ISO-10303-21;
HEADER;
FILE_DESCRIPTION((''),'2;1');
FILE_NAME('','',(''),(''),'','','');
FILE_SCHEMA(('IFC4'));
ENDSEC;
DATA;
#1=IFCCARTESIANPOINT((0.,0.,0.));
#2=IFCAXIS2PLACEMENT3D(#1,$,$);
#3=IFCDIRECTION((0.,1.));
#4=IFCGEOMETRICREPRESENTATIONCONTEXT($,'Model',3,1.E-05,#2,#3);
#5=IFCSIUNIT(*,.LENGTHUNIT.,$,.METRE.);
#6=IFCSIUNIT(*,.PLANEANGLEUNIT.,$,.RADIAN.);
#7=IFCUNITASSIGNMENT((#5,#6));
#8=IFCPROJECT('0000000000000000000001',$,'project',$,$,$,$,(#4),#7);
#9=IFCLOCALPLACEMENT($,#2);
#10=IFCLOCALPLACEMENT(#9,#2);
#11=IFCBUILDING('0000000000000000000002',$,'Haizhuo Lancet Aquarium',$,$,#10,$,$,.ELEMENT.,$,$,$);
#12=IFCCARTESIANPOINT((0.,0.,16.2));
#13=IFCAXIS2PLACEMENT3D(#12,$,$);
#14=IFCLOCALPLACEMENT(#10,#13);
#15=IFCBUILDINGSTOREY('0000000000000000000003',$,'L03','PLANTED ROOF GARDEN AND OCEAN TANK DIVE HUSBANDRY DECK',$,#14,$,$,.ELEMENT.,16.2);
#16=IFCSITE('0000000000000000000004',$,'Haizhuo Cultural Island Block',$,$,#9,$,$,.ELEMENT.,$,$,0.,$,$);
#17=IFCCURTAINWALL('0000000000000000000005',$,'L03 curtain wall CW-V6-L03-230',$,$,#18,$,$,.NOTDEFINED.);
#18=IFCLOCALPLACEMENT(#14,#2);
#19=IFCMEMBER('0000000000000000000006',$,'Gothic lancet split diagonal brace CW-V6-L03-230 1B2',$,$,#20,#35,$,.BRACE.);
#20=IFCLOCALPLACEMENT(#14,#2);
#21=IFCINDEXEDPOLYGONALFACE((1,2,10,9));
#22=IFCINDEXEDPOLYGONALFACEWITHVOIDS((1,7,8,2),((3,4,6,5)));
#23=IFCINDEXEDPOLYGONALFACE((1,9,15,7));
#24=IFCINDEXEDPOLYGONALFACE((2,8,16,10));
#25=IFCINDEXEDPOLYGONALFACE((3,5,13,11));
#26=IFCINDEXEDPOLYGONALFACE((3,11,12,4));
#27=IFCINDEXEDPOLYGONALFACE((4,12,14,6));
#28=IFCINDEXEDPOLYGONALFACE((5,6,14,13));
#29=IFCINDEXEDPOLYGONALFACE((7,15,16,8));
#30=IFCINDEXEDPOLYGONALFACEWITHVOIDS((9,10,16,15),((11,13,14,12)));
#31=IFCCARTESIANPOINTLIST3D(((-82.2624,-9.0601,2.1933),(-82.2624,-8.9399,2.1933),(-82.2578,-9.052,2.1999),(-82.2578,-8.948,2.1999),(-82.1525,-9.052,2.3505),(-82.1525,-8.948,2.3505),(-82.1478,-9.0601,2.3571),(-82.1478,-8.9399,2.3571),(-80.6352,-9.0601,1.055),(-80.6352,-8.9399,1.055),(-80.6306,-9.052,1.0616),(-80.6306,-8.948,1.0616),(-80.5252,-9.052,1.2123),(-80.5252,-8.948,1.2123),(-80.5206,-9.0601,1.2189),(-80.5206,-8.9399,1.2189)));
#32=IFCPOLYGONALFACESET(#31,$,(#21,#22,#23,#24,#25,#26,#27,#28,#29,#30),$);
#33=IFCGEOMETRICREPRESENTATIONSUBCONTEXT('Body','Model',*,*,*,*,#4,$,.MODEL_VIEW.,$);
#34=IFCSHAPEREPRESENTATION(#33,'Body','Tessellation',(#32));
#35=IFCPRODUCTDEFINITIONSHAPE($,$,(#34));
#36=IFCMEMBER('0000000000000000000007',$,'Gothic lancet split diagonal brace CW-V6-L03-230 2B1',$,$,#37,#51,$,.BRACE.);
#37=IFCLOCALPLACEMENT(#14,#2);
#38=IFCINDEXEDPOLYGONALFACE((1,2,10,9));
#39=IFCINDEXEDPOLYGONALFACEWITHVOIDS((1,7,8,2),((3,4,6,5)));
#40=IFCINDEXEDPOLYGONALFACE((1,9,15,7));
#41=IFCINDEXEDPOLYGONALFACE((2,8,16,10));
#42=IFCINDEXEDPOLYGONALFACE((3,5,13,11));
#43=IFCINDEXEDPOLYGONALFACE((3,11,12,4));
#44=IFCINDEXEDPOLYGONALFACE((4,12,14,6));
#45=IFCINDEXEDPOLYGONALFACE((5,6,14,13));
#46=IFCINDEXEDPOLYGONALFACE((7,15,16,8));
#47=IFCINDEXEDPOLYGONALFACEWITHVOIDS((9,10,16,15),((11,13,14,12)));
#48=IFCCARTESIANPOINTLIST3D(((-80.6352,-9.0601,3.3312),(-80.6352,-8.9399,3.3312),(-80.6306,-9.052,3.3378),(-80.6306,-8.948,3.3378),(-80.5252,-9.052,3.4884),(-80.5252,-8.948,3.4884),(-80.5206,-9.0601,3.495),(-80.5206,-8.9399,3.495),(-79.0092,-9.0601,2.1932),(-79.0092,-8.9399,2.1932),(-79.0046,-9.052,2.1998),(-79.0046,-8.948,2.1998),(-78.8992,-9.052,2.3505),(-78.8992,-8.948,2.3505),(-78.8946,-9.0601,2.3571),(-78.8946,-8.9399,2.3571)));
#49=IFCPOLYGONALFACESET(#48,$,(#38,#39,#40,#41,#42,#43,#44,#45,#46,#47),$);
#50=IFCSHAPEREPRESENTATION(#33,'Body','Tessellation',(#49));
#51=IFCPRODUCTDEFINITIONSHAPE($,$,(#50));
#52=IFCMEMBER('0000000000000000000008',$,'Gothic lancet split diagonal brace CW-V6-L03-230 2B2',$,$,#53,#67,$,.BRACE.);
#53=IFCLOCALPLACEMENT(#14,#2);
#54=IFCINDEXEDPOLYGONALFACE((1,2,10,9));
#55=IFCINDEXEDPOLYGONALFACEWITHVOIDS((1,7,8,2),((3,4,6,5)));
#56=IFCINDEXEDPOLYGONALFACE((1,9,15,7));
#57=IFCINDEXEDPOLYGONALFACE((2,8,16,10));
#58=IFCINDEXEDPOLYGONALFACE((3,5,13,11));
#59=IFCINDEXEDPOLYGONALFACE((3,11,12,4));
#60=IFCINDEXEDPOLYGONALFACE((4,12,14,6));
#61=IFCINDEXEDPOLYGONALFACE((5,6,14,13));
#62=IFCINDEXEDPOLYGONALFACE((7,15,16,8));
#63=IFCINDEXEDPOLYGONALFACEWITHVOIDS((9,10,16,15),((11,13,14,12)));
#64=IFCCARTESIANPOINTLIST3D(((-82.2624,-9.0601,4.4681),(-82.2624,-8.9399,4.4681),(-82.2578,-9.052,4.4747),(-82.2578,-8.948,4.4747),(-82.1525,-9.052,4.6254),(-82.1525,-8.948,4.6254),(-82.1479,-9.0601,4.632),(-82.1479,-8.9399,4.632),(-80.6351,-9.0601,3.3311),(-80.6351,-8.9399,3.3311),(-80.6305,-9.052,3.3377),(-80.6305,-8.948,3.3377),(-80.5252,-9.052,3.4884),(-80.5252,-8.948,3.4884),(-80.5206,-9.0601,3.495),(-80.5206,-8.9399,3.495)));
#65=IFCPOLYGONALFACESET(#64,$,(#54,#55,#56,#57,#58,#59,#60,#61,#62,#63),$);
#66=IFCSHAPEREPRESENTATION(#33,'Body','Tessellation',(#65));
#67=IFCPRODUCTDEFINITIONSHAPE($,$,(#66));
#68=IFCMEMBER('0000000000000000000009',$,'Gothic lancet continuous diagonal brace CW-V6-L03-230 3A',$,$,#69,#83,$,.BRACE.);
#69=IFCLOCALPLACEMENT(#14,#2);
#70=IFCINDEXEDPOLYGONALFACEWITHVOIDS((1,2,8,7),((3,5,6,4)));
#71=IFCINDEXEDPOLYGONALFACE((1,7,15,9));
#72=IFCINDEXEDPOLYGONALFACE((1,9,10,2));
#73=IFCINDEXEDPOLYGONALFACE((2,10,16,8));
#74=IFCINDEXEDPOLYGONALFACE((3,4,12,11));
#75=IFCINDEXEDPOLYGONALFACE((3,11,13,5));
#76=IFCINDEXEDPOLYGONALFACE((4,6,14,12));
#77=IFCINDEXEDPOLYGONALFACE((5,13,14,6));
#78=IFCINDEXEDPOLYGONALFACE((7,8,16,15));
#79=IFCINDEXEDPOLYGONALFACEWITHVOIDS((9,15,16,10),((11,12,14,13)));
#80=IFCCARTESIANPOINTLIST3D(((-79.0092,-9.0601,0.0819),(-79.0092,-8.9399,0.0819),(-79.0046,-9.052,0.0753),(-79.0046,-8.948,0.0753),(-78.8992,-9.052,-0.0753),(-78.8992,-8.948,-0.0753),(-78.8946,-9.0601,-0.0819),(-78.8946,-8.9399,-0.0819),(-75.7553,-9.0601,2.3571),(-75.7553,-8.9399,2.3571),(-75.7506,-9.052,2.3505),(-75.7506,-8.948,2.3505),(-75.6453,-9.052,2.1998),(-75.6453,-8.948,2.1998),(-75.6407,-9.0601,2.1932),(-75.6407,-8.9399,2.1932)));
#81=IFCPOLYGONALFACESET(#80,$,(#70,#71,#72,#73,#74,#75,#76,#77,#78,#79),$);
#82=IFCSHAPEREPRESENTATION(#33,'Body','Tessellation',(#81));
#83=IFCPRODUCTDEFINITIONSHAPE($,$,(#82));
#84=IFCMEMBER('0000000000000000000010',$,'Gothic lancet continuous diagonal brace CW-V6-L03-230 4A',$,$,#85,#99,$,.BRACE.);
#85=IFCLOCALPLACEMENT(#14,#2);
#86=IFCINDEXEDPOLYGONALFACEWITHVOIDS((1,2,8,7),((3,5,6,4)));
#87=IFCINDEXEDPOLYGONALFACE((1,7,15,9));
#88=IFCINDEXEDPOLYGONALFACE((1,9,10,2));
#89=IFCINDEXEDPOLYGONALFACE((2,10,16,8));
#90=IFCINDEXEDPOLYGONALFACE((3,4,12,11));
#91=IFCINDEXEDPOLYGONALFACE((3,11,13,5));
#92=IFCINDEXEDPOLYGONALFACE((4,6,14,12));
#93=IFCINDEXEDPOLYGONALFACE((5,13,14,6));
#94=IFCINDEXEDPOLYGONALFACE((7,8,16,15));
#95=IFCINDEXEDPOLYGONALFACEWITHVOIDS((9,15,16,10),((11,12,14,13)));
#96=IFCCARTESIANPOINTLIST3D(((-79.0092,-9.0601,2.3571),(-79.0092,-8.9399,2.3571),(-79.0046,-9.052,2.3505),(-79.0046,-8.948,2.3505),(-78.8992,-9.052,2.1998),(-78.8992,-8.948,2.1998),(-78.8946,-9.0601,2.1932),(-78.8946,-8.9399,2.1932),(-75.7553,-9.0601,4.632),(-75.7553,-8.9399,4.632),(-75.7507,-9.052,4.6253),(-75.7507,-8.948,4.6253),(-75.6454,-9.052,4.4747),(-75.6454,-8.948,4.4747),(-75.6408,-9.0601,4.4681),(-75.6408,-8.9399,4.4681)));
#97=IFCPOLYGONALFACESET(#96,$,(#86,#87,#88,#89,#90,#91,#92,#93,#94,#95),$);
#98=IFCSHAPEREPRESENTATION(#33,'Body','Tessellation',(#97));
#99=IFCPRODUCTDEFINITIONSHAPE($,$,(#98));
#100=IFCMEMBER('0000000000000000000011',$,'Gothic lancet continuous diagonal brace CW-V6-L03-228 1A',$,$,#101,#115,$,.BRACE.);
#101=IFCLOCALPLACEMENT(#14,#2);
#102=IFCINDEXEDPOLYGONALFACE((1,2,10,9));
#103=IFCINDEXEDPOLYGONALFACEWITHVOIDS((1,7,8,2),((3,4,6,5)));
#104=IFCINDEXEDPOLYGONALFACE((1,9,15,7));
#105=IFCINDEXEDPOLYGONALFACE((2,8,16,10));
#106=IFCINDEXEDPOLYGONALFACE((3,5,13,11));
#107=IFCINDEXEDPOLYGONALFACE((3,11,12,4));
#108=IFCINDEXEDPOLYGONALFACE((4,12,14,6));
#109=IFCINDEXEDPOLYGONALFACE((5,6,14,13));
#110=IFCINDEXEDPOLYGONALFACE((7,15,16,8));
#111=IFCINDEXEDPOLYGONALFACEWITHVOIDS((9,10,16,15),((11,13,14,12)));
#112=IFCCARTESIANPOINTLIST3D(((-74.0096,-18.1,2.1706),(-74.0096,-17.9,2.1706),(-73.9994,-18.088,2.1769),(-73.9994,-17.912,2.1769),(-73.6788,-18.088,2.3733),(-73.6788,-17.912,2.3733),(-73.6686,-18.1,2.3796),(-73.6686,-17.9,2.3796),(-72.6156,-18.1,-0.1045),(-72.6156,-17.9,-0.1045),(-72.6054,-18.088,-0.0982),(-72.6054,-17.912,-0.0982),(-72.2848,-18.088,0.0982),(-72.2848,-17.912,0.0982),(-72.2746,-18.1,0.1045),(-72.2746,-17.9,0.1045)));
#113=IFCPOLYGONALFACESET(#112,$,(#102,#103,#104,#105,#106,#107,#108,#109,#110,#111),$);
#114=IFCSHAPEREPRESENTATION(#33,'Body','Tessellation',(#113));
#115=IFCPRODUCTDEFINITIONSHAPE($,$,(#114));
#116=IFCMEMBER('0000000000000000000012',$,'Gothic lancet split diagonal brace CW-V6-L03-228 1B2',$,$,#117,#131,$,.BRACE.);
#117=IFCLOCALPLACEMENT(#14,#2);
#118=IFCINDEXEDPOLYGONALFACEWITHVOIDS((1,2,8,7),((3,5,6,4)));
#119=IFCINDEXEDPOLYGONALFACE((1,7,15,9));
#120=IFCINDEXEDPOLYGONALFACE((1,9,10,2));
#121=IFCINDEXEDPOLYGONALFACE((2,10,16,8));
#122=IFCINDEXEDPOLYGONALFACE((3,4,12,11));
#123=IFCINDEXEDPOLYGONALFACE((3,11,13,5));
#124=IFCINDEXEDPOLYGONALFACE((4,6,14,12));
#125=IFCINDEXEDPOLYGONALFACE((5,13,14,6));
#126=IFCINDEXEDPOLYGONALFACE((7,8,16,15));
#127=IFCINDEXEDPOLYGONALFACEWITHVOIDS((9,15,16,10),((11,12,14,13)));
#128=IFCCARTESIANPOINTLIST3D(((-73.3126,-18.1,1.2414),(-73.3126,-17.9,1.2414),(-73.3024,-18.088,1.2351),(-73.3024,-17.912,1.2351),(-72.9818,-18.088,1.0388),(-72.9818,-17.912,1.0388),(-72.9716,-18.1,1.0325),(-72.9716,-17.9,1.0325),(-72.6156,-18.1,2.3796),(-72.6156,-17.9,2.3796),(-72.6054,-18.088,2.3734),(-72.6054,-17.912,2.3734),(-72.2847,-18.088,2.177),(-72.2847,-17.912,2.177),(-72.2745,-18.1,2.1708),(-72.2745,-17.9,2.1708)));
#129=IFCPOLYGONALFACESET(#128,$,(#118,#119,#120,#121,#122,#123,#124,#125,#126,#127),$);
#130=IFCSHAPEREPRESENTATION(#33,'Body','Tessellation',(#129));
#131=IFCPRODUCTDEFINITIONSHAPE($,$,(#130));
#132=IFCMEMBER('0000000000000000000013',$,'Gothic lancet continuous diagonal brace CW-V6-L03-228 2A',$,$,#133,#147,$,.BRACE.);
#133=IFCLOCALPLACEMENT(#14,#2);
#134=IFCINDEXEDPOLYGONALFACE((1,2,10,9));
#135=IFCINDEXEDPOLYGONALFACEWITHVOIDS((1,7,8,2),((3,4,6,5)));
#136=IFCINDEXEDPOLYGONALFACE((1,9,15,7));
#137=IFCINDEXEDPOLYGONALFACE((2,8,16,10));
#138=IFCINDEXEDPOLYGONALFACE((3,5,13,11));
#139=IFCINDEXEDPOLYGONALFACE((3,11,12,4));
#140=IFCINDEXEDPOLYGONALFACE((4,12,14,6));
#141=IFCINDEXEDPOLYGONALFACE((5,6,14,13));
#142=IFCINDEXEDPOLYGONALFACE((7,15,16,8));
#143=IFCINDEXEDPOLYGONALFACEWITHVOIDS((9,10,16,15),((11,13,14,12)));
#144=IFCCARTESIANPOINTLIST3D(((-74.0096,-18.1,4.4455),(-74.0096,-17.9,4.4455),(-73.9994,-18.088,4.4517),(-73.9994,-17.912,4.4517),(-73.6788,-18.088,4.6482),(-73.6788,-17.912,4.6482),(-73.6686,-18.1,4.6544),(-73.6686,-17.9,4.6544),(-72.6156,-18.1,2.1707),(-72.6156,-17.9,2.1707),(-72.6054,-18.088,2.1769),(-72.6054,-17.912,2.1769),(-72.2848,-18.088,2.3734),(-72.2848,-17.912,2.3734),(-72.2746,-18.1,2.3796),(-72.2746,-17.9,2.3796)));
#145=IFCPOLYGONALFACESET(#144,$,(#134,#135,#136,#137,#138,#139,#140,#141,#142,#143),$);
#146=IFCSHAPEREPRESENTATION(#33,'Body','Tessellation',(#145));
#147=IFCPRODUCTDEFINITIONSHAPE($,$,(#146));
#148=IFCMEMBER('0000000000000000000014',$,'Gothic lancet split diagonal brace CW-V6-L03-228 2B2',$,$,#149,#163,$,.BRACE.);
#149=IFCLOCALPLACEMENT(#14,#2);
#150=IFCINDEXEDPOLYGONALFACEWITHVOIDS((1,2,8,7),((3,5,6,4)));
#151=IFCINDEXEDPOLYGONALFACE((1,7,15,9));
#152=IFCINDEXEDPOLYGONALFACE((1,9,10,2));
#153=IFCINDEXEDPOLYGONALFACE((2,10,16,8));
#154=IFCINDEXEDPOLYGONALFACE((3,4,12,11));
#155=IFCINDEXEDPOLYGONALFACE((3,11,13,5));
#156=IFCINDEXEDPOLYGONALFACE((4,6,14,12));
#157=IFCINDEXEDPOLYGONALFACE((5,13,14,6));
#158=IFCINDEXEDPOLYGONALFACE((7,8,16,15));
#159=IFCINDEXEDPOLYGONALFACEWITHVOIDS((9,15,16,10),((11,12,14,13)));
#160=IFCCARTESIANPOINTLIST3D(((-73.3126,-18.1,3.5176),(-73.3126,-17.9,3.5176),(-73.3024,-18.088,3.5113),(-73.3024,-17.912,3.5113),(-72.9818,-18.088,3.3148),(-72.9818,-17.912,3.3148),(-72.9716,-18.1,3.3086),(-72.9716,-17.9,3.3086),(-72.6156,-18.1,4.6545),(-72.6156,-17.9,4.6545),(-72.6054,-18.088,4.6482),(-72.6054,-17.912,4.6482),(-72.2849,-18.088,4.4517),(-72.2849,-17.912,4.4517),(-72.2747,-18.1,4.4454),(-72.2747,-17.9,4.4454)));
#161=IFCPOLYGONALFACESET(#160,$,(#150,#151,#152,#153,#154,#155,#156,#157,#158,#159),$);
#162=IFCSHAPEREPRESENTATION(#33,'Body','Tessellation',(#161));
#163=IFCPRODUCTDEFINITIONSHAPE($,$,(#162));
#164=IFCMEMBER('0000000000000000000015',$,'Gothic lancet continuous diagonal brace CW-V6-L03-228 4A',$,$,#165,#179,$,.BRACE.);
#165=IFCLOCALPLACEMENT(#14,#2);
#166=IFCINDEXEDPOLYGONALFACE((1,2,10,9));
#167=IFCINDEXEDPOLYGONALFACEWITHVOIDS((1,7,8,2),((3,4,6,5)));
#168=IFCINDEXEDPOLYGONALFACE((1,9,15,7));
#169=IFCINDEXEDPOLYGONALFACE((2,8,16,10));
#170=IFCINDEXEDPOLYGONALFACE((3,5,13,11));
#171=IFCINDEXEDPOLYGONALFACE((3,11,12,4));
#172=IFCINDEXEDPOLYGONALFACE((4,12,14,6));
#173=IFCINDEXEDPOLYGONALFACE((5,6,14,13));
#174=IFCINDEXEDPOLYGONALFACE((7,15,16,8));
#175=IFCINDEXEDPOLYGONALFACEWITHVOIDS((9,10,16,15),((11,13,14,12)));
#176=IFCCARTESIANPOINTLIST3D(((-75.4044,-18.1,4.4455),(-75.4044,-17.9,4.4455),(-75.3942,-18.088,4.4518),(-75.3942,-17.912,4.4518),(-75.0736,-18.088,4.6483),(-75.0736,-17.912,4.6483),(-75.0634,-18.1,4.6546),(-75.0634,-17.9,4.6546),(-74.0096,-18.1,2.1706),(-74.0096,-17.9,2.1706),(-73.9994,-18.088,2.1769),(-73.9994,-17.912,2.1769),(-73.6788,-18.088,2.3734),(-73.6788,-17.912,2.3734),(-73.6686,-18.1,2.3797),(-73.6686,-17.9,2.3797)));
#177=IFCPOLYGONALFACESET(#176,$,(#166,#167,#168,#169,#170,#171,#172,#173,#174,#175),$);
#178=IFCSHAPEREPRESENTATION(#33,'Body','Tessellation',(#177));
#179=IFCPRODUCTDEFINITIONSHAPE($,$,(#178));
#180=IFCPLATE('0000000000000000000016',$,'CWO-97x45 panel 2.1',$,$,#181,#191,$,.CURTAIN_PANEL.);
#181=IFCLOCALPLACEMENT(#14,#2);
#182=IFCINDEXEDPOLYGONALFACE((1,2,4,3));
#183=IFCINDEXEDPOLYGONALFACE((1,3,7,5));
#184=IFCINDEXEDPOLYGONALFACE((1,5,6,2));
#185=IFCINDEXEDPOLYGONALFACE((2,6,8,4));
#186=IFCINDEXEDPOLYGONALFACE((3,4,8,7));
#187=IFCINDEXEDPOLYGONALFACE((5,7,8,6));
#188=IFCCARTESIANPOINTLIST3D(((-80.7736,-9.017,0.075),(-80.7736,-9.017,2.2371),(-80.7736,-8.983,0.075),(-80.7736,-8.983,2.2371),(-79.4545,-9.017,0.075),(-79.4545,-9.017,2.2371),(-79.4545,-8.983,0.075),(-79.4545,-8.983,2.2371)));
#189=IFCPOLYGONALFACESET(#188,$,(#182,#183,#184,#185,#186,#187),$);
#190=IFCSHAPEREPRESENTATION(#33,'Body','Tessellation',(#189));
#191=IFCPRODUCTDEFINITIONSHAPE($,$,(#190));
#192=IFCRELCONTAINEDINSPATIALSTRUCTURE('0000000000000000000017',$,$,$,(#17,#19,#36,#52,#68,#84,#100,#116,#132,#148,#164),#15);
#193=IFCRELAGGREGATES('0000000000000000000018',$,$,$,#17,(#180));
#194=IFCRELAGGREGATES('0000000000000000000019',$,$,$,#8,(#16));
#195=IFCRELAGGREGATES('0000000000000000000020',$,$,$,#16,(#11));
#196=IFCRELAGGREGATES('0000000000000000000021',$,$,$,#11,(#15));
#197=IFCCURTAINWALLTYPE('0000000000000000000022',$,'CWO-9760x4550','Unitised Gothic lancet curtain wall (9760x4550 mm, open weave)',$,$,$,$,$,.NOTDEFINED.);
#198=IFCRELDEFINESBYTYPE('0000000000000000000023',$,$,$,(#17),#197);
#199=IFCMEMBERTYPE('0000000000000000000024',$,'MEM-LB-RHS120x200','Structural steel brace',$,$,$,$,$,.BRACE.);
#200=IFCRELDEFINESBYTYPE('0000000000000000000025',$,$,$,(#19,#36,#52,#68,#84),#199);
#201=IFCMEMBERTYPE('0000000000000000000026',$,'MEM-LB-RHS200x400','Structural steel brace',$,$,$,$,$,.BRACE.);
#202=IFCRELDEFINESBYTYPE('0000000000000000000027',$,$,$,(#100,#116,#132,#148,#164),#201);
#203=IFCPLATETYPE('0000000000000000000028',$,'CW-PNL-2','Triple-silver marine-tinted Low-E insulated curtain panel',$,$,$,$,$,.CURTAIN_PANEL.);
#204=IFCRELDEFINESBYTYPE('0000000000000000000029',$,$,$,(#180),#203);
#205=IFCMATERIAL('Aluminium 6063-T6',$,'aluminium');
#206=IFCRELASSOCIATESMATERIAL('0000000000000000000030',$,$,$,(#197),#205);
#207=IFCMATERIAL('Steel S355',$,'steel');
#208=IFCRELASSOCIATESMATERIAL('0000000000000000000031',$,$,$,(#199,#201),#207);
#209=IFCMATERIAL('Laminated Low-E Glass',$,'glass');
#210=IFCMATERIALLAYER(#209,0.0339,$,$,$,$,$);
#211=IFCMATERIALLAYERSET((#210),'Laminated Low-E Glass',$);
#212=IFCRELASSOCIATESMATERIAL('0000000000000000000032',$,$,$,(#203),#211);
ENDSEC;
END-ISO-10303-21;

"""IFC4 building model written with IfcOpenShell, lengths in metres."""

from ifc_helpers import new_model, si_unit, direction, frame, origin, origin_2d, place, context, subcontext, project, spatial, rectangle, hollow_rectangle, extrude, material, layer, layer_set, material_profile, profile_set, type_object, element, aggregate, save


model = new_model("IFC4")

# Units and contexts
model_context = context("Model", 3, precision=1e-05, world=origin(), true_north=direction((0.0, 1.0)))
body_context = subcontext(model_context, "Body", "Model", "MODEL_VIEW")
ifc_project = project(units=[si_unit("LENGTHUNIT", "METRE"), si_unit("PLANEANGLEUNIT", "RADIAN")], contexts=[model_context])

# Site, building, storey
site_placement = place(None, origin())
site = spatial("IfcSite", under=ifc_project, at=site_placement, Name="Haizhuo Cultural Island Block", CompositionType="ELEMENT", RefElevation=0.0)
building_placement = place(site_placement, origin())
building = spatial("IfcBuilding", under=site, at=building_placement, Name="Haizhuo Lancet Aquarium", CompositionType="ELEMENT")
storey_placement = place(building_placement, frame((0.0, 0.0, 16.2)))
storey = spatial("IfcBuildingStorey", under=building, at=storey_placement, Name="L03", Description="PLANTED ROOF GARDEN AND OCEAN TANK DIVE HUSBANDRY DECK", CompositionType="ELEMENT", Elevation=16.2)

# Curtain wall
ifc_material_1 = material(Name="Aluminium 6063-T6", Category="aluminium")
curtain_wall_type_1 = type_object("IfcCurtainWallType", Name="CWO-9760x4550", Description="Unitised Gothic lancet curtain wall (9760x4550 mm, open weave)", PredefinedType="NOTDEFINED", material=ifc_material_1)
curtain_wall_1_placement = place(storey_placement, origin())
curtain_wall_1 = element("IfcCurtainWall", 1, at=curtain_wall_1_placement, inside=storey, type_object=curtain_wall_type_1, Name="L03 curtain wall CW-V6-L03-230", PredefinedType="NOTDEFINED")

# Members
ifc_material_2 = material(Name="Steel S355", Category="steel")
ifc_material_profile_1 = material_profile(ifc_material_2, hollow_rectangle(XDim=0.1201, YDim=0.2, WallThickness=0.0081, at=origin_2d()), Name="RHS 120x200x8")
ifc_profile_set_1 = profile_set([ifc_material_profile_1], Name="Steel S355")
member_type_1 = type_object("IfcMemberType", Name="MEM-LB-RHS120x200", Description="Structural steel brace", PredefinedType="BRACE", material=ifc_profile_set_1)
member_1_placement = place(storey_placement, frame((-80.5779, -9.0, 1.137), z_axis=(-0.819434, 0.0, 0.573174), x_axis=(0.0, -1.0, 0.0)))
element("IfcMember", 2, at=member_1_placement, inside=storey, type_object=member_type_1, Name="Gothic lancet split diagonal brace CW-V6-L03-230 1B2", PredefinedType="BRACE", context=body_context, shape_type="SweptSolid", body=[
    extrude(hollow_rectangle(XDim=0.1201, YDim=0.2, WallThickness=0.0081, at=origin_2d()), origin(), (0.0, 0.0, 1.0), 1.9858),
])
member_2_placement = place(storey_placement, frame((-78.9519, -9.0, 2.2751), z_axis=(-0.81929, 0.0, 0.57338), x_axis=(0.0, -1.0, 0.0)))
element("IfcMember", 3, at=member_2_placement, inside=storey, type_object=member_type_1, Name="Gothic lancet split diagonal brace CW-V6-L03-230 2B1", PredefinedType="BRACE", context=body_context, shape_type="SweptSolid", body=[
    extrude(hollow_rectangle(XDim=0.1201, YDim=0.2, WallThickness=0.0081, at=origin_2d()), origin(), (0.0, 0.0, 1.0), 1.9846),
])
member_3_placement = place(storey_placement, frame((-80.5779, -9.0, 3.4131), z_axis=(-0.819723, 0.0, 0.572761), x_axis=(0.0, -1.0, 0.0)))
element("IfcMember", 4, at=member_3_placement, inside=storey, type_object=member_type_1, Name="Gothic lancet split diagonal brace CW-V6-L03-230 2B2", PredefinedType="BRACE", context=body_context, shape_type="SweptSolid", body=[
    extrude(hollow_rectangle(XDim=0.1201, YDim=0.2, WallThickness=0.0081, at=origin_2d()), origin(), (0.0, 0.0, 1.0), 1.9851),
])
member_4_placement = place(storey_placement, frame((-78.9519, -9.0, 0.0), z_axis=(0.819538, 0.0, 0.573025), x_axis=(0.0, 1.0, 0.0)))
element("IfcMember", 5, at=member_4_placement, inside=storey, type_object=member_type_1, Name="Gothic lancet continuous diagonal brace CW-V6-L03-230 3A", PredefinedType="BRACE", context=body_context, shape_type="SweptSolid", body=[
    extrude(hollow_rectangle(XDim=0.1201, YDim=0.2, WallThickness=0.0081, at=origin_2d()), origin(), (0.0, 0.0, 1.0), 3.9705),
])
member_5_placement = place(storey_placement, frame((-78.9519, -9.0, 2.2751), z_axis=(0.819567, 0.0, 0.572984), x_axis=(0.0, 1.0, 0.0)))
element("IfcMember", 6, at=member_5_placement, inside=storey, type_object=member_type_1, Name="Gothic lancet continuous diagonal brace CW-V6-L03-230 4A", PredefinedType="BRACE", context=body_context, shape_type="SweptSolid", body=[
    extrude(hollow_rectangle(XDim=0.1201, YDim=0.2, WallThickness=0.0081, at=origin_2d()), origin(), (0.0, 0.0, 1.0), 3.9702),
])
ifc_material_profile_2 = material_profile(ifc_material_2, hollow_rectangle(XDim=0.2, YDim=0.3999, WallThickness=0.012, at=origin_2d()), Name="RHS 200x400x12")
ifc_profile_set_2 = profile_set([ifc_material_profile_2], Name="Steel S355")
member_type_2 = type_object("IfcMemberType", Name="MEM-LB-RHS200x400", Description="Structural steel brace", PredefinedType="BRACE", material=ifc_profile_set_2)
member_6_placement = place(storey_placement, frame((-72.4451, -18.0, 0.0), z_axis=(-0.522453, 0.0, 0.852668), x_axis=(0.0, -1.0, 0.0)))
element("IfcMember", 7, at=member_6_placement, inside=storey, type_object=member_type_2, Name="Gothic lancet continuous diagonal brace CW-V6-L03-228 1A", PredefinedType="BRACE", context=body_context, shape_type="SweptSolid", body=[
    extrude(hollow_rectangle(XDim=0.2, YDim=0.3999, WallThickness=0.012, at=origin_2d()), origin(), (0.0, 0.0, 1.0), 2.6682),
])
member_7_placement = place(storey_placement, frame((-73.1421, -18.0, 1.137), z_axis=(0.522249, 0.0, 0.852793), x_axis=(0.0, 1.0, 0.0)))
element("IfcMember", 8, at=member_7_placement, inside=storey, type_object=member_type_2, Name="Gothic lancet split diagonal brace CW-V6-L03-228 1B2", PredefinedType="BRACE", context=body_context, shape_type="SweptSolid", body=[
    extrude(hollow_rectangle(XDim=0.2, YDim=0.3999, WallThickness=0.012, at=origin_2d()), origin(), (0.0, 0.0, 1.0), 1.3347),
])
member_8_placement = place(storey_placement, frame((-72.4451, -18.0, 2.2751), z_axis=(-0.522493, 0.0, 0.852643), x_axis=(0.0, -1.0, 0.0)))
element("IfcMember", 9, at=member_8_placement, inside=storey, type_object=member_type_2, Name="Gothic lancet continuous diagonal brace CW-V6-L03-228 2A", PredefinedType="BRACE", context=body_context, shape_type="SweptSolid", body=[
    extrude(hollow_rectangle(XDim=0.2, YDim=0.3999, WallThickness=0.012, at=origin_2d()), origin(), (0.0, 0.0, 1.0), 2.668),
])
member_9_placement = place(storey_placement, frame((-73.1421, -18.0, 3.4131), z_axis=(0.522656, 0.0, 0.852543), x_axis=(0.0, 1.0, 0.0)))
element("IfcMember", 10, at=member_9_placement, inside=storey, type_object=member_type_2, Name="Gothic lancet split diagonal brace CW-V6-L03-228 2B2", PredefinedType="BRACE", context=body_context, shape_type="SweptSolid", body=[
    extrude(hollow_rectangle(XDim=0.2, YDim=0.3999, WallThickness=0.012, at=origin_2d()), origin(), (0.0, 0.0, 1.0), 1.3335),
])
member_10_placement = place(storey_placement, frame((-73.8391, -18.0, 2.2751), z_axis=(-0.522693, 0.0, 0.852521), x_axis=(0.0, -1.0, 0.0)))
element("IfcMember", 11, at=member_10_placement, inside=storey, type_object=member_type_2, Name="Gothic lancet continuous diagonal brace CW-V6-L03-228 4A", PredefinedType="BRACE", context=body_context, shape_type="SweptSolid", body=[
    extrude(hollow_rectangle(XDim=0.2, YDim=0.3999, WallThickness=0.012, at=origin_2d()), origin(), (0.0, 0.0, 1.0), 2.6685),
])

# Plate
ifc_material_3 = material(Name="Laminated Low-E Glass", Category="glass")
ifc_layer_1 = layer(ifc_material_3, 0.0339)
ifc_layer_set_1 = layer_set([ifc_layer_1], Name="Laminated Low-E Glass")
plate_type_1 = type_object("IfcPlateType", Name="CW-PNL-2", Description="Triple-silver marine-tinted Low-E insulated curtain panel", PredefinedType="CURTAIN_PANEL", material=ifc_layer_set_1)
plate_1_placement = place(storey_placement, frame((-80.114, -9.0, 0.075), z_axis=(0.0, 0.0, 1.0), x_axis=(1.0, 0.0, 0.0)))
plate_1 = element("IfcPlate", 12, at=plate_1_placement, type_object=plate_type_1, Name="CWO-97x45 panel 2.1", PredefinedType="CURTAIN_PANEL", context=body_context, shape_type="SweptSolid", body=[
    extrude(rectangle(XDim=1.3191, YDim=0.0339, at=origin_2d()), origin(), (0.0, 0.0, 1.0), 2.1621),
])
aggregate(curtain_wall_1, [plate_1])

save(model, "model.ifc")
